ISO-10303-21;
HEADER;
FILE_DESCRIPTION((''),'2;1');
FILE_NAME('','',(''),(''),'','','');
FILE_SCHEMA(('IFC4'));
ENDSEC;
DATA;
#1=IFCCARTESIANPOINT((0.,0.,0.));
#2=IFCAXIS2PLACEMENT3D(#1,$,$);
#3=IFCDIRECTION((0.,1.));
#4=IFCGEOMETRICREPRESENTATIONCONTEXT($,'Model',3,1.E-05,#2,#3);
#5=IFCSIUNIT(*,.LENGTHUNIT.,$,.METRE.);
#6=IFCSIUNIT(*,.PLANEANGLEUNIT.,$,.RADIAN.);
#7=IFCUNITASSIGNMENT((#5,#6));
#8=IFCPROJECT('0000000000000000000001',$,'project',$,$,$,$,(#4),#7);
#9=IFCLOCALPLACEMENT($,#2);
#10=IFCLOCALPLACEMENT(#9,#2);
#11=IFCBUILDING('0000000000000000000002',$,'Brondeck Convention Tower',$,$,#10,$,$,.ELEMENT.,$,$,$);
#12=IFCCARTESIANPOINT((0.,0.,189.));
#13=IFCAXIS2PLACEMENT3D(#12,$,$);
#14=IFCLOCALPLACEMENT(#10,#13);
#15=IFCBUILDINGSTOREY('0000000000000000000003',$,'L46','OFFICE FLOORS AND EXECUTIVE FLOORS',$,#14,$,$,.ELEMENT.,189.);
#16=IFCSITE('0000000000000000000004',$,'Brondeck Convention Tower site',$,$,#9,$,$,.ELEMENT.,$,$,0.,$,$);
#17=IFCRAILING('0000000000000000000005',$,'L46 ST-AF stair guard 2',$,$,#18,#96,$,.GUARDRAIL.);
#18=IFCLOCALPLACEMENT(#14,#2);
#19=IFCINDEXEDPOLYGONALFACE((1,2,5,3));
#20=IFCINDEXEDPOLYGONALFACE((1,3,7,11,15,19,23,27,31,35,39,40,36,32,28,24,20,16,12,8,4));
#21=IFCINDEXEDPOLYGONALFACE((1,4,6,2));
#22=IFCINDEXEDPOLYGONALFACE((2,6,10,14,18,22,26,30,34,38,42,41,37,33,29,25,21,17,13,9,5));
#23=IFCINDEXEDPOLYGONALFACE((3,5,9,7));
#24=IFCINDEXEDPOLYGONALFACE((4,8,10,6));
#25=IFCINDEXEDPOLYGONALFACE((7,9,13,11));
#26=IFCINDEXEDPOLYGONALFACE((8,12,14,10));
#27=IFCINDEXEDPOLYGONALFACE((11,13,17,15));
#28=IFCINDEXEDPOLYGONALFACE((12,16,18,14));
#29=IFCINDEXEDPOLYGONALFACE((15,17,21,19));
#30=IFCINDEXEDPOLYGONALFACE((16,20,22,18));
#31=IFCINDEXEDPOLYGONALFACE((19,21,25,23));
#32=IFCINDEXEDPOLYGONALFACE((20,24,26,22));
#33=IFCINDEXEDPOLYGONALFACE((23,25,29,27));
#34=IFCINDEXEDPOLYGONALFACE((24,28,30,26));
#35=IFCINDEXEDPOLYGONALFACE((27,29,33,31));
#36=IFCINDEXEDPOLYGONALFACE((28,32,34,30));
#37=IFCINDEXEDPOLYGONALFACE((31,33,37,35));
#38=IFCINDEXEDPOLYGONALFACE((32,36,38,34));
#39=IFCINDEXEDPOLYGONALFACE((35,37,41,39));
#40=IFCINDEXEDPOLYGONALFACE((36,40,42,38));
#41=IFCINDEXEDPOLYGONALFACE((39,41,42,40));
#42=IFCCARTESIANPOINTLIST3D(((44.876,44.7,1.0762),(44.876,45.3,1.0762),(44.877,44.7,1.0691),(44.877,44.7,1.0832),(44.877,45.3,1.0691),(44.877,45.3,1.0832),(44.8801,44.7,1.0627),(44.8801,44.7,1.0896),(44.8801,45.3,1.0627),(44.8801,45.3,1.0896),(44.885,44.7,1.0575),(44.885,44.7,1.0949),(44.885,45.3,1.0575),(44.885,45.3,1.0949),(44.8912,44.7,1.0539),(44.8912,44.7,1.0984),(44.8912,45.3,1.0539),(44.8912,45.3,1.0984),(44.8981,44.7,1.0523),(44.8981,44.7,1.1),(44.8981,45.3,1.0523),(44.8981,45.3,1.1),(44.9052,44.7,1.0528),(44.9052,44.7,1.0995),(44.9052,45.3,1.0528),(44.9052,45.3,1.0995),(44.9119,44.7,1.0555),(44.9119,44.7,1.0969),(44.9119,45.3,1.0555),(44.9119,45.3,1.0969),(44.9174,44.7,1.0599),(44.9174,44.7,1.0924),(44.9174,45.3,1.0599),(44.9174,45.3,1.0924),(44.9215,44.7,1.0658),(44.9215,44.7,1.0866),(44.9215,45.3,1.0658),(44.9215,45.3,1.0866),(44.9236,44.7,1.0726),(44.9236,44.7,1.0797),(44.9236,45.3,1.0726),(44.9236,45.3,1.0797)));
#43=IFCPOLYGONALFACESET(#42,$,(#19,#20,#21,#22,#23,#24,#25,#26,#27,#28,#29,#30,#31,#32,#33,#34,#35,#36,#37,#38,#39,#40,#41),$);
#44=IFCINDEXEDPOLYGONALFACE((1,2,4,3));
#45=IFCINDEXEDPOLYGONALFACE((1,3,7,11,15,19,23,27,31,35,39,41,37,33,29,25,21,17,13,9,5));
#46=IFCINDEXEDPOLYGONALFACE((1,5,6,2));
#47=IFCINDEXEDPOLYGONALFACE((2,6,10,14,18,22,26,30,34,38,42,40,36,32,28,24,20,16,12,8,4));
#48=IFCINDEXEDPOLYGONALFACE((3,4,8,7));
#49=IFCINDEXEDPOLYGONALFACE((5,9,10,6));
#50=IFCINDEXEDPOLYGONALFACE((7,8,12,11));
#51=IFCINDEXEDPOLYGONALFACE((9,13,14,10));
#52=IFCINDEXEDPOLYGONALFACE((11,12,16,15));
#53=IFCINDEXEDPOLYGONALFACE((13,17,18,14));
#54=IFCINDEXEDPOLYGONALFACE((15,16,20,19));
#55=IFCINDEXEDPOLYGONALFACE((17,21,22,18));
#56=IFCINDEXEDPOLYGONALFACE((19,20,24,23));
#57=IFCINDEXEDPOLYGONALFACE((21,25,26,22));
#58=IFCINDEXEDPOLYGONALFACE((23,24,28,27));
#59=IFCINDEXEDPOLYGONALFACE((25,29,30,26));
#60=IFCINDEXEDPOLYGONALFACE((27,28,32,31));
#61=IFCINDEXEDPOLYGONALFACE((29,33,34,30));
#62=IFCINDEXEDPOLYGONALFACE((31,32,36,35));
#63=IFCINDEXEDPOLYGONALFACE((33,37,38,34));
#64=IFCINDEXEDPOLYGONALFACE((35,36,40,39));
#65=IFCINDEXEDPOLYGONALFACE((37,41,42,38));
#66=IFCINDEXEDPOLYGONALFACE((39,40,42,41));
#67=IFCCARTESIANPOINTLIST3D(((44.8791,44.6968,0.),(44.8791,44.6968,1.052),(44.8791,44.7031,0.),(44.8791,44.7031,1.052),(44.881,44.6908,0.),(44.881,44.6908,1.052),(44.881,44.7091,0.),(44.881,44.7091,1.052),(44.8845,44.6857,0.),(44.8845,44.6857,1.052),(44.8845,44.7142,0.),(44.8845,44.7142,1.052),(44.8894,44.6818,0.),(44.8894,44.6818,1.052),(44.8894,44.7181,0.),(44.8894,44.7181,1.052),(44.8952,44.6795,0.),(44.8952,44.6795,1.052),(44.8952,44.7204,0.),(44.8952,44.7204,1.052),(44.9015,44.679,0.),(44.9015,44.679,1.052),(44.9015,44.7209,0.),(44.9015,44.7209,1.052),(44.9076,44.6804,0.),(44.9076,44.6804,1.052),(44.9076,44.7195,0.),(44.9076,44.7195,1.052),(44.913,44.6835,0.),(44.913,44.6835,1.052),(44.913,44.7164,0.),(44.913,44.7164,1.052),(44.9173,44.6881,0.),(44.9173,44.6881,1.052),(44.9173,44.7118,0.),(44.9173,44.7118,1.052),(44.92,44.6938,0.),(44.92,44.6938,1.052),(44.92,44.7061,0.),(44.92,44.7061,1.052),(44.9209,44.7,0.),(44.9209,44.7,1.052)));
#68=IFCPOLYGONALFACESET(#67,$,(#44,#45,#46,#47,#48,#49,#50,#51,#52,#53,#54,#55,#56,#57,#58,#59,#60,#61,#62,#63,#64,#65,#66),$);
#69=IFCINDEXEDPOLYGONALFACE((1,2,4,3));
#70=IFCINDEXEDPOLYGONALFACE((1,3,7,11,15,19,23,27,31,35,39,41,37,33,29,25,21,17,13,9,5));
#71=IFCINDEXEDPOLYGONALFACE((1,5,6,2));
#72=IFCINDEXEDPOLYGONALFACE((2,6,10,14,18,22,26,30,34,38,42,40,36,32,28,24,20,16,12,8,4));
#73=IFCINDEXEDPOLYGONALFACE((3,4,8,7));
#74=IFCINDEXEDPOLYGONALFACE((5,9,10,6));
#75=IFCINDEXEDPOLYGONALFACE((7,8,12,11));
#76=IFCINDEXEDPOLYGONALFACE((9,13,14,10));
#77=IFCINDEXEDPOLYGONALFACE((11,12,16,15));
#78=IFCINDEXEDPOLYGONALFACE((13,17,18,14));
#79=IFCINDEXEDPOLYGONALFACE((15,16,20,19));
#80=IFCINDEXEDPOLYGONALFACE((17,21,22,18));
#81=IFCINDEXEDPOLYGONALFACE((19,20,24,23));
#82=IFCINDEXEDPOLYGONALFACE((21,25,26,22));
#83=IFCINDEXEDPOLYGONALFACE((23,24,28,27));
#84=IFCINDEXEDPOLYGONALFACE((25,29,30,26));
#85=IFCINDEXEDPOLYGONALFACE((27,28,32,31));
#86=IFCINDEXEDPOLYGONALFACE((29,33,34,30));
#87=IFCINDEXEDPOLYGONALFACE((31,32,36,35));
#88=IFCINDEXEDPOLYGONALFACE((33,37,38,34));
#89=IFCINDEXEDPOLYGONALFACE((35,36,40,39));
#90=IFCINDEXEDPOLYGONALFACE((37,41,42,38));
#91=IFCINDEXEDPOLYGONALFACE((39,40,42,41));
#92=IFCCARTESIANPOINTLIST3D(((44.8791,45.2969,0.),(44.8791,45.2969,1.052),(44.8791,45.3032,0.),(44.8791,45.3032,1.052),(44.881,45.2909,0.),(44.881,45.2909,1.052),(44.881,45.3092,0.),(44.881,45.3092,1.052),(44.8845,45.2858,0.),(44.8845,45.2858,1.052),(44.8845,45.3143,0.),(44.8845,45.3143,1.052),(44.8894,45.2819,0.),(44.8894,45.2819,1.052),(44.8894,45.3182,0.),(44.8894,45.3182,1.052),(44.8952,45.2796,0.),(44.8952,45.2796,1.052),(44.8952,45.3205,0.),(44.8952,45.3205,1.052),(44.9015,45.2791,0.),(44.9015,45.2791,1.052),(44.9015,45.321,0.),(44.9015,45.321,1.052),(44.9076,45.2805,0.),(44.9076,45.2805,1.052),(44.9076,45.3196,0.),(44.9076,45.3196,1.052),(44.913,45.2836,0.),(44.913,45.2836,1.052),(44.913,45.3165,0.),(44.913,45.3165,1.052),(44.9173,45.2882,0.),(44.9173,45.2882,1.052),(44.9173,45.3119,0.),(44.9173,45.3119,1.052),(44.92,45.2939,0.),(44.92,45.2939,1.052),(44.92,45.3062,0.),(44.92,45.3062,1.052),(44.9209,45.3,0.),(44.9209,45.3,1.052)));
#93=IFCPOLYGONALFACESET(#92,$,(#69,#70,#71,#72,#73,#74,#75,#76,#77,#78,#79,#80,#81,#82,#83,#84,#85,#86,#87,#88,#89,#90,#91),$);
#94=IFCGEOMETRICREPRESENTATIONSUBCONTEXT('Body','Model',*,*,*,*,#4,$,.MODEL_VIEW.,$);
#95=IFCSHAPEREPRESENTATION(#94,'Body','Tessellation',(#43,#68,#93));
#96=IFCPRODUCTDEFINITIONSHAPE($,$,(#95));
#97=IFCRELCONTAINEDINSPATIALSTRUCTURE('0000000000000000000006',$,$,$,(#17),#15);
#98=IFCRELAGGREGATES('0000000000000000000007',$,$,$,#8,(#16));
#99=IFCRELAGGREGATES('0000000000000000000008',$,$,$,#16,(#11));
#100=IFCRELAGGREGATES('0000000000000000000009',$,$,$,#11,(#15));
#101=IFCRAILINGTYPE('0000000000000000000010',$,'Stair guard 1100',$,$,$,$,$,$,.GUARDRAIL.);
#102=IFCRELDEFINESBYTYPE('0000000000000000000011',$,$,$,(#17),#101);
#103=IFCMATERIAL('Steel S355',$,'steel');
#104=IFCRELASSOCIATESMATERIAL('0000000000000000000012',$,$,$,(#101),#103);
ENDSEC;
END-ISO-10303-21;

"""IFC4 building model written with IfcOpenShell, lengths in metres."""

from ifc_helpers import new_model, si_unit, direction, frame, origin, origin_2d, place, context, subcontext, project, spatial, circle, extrude, material, type_object, element, save


model = new_model("IFC4")

# Units and contexts
model_context = context("Model", 3, precision=1e-05, world=origin(), true_north=direction((0.0, 1.0)))
body_context = subcontext(model_context, "Body", "Model", "MODEL_VIEW")
ifc_project = project(units=[si_unit("LENGTHUNIT", "METRE"), si_unit("PLANEANGLEUNIT", "RADIAN")], contexts=[model_context])

# Site, building, storey
site_placement = place(None, origin())
site = spatial("IfcSite", under=ifc_project, at=site_placement, Name="Brondeck Convention Tower site", CompositionType="ELEMENT", RefElevation=0.0)
building_placement = place(site_placement, origin())
building = spatial("IfcBuilding", under=site, at=building_placement, Name="Brondeck Convention Tower", CompositionType="ELEMENT")
storey_placement = place(building_placement, frame((0.0, 0.0, 189.0)))
storey = spatial("IfcBuildingStorey", under=building, at=storey_placement, Name="L46", Description="OFFICE FLOORS AND EXECUTIVE FLOORS", CompositionType="ELEMENT", Elevation=189.0)

# Shared definitions
ifc_material_1 = material(Name="Steel S355", Category="steel")

# Railing
railing_type_1 = type_object("IfcRailingType", Name="Stair guard 1100", PredefinedType="GUARDRAIL", material=ifc_material_1)
railing_1_placement = place(storey_placement, frame((44.8999, 44.7, 0.0)))
element("IfcRailing", 1, at=railing_1_placement, inside=storey, type_object=railing_type_1, Name="L46 ST-AF stair guard 2", PredefinedType="GUARDRAIL", context=body_context, shape_type="SweptSolid", body=[
    extrude(circle(Radius=0.0239, at=origin_2d()), frame((0.0, 0.0, 1.0762), z_axis=(0.0, 1.0, 0.0), x_axis=(-1.0, 0.0, 0.0)), (0.0, 0.0, 1.0), 0.6001),
    extrude(circle(Radius=0.021, at=origin_2d()), origin(), (0.0, 0.0, 1.0), 1.052),
    extrude(circle(Radius=0.021, at=origin_2d()), frame((0.0, 0.6001, 0.0)), (0.0, 0.0, 1.0), 1.052),
])

save(model, "model.ifc")
